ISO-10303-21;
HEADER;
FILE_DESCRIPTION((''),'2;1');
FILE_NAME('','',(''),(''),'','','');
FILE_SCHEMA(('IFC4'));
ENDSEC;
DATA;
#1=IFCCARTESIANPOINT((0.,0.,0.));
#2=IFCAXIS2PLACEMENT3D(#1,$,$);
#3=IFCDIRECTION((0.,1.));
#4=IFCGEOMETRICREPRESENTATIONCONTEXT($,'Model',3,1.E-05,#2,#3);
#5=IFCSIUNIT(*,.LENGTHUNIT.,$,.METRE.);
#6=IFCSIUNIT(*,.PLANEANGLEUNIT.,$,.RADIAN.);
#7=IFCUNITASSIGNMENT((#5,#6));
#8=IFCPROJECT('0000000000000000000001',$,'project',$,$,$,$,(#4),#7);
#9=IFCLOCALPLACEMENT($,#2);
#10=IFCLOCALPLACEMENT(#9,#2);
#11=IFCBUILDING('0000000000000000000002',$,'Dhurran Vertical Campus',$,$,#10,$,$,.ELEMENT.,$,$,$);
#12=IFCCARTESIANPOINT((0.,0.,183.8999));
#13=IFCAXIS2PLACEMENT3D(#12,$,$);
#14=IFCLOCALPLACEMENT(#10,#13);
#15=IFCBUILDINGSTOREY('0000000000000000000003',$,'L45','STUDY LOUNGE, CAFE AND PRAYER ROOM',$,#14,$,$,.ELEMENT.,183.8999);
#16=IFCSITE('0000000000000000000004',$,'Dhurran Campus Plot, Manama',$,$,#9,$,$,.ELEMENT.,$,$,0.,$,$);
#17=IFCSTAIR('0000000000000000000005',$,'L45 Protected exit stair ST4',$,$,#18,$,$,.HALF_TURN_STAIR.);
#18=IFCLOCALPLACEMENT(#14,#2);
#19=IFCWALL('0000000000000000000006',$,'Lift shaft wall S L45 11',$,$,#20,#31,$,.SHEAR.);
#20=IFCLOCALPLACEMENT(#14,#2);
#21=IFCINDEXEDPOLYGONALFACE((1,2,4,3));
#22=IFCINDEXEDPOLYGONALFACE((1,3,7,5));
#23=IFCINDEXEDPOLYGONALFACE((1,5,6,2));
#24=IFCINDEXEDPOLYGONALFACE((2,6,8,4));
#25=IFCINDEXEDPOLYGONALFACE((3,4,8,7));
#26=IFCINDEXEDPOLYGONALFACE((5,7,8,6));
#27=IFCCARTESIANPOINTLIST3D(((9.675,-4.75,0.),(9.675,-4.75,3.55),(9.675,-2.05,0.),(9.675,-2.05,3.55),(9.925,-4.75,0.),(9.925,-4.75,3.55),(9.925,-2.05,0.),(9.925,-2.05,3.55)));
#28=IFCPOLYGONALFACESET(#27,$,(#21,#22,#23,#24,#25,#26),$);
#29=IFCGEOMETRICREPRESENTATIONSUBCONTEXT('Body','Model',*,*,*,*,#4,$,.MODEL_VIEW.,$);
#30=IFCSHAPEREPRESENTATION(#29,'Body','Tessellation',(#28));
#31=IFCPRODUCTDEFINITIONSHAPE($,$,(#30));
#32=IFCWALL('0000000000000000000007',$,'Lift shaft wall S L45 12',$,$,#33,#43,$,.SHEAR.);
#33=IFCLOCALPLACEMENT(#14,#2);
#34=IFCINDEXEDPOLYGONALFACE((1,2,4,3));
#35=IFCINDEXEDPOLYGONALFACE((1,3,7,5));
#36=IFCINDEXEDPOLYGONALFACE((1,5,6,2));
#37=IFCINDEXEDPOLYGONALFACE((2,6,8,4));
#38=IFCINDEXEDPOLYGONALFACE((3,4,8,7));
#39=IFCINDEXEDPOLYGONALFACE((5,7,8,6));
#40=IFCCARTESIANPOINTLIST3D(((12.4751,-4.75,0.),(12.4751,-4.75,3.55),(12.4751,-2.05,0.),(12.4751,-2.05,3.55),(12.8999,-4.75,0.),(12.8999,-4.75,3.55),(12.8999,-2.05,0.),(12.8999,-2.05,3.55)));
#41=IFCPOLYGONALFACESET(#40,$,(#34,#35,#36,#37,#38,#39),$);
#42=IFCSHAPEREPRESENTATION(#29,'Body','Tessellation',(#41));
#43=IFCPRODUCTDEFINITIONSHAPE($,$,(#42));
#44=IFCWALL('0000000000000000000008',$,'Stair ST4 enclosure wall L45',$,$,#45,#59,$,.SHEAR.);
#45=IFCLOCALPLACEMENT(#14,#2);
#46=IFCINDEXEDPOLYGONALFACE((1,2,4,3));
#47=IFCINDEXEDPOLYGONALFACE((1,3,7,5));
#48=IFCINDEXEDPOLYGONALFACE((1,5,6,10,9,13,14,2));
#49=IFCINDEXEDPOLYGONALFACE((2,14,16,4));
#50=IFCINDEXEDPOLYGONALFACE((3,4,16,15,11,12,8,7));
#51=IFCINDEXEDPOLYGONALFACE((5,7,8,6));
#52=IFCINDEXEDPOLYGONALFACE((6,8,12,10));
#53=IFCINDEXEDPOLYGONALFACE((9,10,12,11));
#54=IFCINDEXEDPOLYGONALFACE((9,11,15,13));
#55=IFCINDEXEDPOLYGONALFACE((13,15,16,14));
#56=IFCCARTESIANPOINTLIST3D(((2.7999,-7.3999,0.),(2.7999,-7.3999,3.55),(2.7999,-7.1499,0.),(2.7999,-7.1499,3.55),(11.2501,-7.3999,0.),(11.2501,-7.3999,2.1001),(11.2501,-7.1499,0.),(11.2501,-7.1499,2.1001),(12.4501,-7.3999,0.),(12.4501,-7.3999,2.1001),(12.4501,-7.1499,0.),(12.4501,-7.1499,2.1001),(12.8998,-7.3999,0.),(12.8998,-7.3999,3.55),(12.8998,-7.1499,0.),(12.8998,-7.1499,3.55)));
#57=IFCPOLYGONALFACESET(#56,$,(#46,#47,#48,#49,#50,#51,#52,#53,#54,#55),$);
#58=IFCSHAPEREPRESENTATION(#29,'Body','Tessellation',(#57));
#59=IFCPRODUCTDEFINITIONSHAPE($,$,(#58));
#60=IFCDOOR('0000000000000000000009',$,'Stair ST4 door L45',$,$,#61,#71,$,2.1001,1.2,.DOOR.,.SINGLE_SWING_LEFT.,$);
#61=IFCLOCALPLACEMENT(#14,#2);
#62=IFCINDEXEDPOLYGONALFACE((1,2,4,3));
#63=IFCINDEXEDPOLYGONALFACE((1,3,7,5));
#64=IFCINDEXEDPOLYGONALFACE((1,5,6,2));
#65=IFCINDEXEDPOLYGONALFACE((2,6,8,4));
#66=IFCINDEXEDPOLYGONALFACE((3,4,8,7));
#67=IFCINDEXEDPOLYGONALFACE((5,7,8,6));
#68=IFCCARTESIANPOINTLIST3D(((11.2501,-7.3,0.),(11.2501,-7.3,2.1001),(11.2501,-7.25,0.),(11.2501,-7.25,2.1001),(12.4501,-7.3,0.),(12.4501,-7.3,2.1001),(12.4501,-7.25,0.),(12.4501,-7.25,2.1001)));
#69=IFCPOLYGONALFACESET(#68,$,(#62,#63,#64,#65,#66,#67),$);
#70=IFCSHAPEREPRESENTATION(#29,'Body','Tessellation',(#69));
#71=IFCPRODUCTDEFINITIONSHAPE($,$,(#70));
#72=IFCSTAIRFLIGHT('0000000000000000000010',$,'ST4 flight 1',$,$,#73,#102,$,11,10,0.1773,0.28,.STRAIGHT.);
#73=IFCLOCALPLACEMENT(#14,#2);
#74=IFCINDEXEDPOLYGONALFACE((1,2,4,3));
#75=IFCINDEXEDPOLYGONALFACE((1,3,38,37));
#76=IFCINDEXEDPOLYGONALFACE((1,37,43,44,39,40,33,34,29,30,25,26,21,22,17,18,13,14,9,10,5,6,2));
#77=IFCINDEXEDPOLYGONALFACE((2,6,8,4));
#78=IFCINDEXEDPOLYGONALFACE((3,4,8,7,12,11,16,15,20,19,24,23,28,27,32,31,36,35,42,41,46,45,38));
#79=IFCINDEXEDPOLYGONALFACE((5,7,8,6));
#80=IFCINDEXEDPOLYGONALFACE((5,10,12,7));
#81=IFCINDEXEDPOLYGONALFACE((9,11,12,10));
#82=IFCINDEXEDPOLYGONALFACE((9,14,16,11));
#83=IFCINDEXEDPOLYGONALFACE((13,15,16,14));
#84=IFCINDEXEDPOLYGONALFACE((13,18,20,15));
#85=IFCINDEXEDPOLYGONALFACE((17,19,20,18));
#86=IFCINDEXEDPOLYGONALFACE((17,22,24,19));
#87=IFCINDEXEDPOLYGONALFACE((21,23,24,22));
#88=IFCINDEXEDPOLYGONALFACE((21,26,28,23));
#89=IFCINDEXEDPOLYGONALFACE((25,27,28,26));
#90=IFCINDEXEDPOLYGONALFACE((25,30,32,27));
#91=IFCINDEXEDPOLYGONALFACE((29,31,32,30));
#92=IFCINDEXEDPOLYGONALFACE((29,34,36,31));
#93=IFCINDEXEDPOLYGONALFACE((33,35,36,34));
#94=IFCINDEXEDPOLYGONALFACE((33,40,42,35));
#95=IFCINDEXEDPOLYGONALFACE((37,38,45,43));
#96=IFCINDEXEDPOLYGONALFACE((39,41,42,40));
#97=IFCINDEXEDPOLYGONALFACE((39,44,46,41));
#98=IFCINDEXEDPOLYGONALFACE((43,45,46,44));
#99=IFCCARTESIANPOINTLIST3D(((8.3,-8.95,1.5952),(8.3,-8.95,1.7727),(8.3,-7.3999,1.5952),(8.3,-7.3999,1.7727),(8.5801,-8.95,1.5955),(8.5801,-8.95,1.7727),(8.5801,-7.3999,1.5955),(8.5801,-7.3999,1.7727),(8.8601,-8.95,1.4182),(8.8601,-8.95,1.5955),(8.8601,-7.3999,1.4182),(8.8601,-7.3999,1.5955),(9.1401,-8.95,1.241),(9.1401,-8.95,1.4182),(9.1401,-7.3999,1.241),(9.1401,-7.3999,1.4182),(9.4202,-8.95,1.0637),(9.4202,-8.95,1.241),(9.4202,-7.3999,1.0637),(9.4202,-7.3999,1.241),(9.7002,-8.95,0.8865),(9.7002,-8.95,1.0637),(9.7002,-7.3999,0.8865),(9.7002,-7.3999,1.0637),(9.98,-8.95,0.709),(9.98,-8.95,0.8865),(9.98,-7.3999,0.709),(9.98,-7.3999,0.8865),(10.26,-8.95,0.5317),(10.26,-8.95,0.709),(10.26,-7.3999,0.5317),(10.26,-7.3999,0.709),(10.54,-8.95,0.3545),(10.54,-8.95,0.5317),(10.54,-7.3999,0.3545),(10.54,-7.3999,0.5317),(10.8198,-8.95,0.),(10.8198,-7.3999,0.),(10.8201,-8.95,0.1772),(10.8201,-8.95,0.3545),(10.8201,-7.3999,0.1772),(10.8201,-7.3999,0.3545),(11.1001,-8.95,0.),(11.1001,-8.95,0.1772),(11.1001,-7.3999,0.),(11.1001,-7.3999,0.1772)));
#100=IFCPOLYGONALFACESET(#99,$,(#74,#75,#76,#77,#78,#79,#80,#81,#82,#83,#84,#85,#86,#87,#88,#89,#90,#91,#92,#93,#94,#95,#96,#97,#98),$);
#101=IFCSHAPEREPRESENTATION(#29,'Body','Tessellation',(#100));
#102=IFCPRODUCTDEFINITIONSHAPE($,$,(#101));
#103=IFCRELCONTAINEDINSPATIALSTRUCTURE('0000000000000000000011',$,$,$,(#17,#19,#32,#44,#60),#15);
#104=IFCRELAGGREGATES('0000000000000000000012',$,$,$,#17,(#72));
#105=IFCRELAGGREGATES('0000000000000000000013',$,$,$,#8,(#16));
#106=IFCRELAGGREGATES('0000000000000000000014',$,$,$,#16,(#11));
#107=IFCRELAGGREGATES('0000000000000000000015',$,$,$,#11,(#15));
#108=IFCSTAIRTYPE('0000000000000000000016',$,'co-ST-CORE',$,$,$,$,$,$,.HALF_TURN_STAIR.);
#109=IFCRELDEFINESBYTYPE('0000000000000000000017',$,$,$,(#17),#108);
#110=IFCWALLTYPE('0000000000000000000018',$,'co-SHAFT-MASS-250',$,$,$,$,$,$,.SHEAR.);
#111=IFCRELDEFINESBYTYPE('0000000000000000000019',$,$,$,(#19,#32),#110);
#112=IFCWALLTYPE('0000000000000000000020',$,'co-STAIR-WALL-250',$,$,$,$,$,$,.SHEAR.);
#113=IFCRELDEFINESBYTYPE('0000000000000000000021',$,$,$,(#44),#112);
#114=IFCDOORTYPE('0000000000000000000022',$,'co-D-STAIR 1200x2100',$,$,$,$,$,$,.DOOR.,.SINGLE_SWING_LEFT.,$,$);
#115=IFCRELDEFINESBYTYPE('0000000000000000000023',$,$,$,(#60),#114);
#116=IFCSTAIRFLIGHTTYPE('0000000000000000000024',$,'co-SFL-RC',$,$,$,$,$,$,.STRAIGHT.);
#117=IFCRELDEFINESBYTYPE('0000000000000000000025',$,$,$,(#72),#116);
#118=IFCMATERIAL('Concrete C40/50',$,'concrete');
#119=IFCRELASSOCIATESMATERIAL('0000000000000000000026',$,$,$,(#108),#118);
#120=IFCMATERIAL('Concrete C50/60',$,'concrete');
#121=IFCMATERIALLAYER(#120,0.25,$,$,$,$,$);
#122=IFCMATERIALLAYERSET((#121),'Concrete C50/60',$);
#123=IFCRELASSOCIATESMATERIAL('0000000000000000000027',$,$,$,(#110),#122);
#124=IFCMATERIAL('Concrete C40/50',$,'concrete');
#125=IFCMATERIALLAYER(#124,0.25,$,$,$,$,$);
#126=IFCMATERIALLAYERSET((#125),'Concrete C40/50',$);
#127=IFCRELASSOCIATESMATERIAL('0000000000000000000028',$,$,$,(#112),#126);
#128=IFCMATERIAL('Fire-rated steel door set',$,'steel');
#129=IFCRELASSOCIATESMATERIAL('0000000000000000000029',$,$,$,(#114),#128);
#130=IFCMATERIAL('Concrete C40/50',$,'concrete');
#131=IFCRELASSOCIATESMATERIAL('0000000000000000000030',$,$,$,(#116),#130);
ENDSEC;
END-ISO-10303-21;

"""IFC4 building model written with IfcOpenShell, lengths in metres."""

from ifc_helpers import new_model, si_unit, direction, frame, frame_2d, origin, place, context, subcontext, project, spatial, polyline, rectangle, outline, extrude, material, layer, layer_set, type_object, element, fill, aggregate, save


model = new_model("IFC4")

# Units and contexts
model_context = context("Model", 3, precision=1e-05, world=origin(), true_north=direction((0.0, 1.0)))
body_context = subcontext(model_context, "Body", "Model", "MODEL_VIEW")
ifc_project = project(units=[si_unit("LENGTHUNIT", "METRE"), si_unit("PLANEANGLEUNIT", "RADIAN")], contexts=[model_context])

# Site, building, storey
site_placement = place(None, origin())
site = spatial("IfcSite", under=ifc_project, at=site_placement, Name="Dhurran Campus Plot, Manama", CompositionType="ELEMENT", RefElevation=0.0)
building_placement = place(site_placement, origin())
building = spatial("IfcBuilding", under=site, at=building_placement, Name="Dhurran Vertical Campus", CompositionType="ELEMENT")
storey_placement = place(building_placement, frame((0.0, 0.0, 183.8999)))
storey = spatial("IfcBuildingStorey", under=building, at=storey_placement, Name="L45", Description="STUDY LOUNGE, CAFE AND PRAYER ROOM", CompositionType="ELEMENT", Elevation=183.8999)

# Stair
ifc_material_1 = material(Name="Concrete C40/50", Category="concrete")
stair_type = type_object("IfcStairType", Name="co-ST-CORE", PredefinedType="HALF_TURN_STAIR", material=ifc_material_1)
stair_1_placement = place(storey_placement, origin())
stair_1 = element("IfcStair", 1, at=stair_1_placement, inside=storey, type_object=stair_type, Name="L45 Protected exit stair ST4", PredefinedType="HALF_TURN_STAIR")

# Walls
ifc_material_2 = material(Name="Concrete C50/60", Category="concrete")
ifc_layer_1 = layer(ifc_material_2, 0.25)
ifc_layer_set_1 = layer_set([ifc_layer_1], Name="Concrete C50/60")
wall_type_1 = type_object("IfcWallType", Name="co-SHAFT-MASS-250", PredefinedType="SHEAR", material=ifc_layer_set_1)
wall_1_placement = place(storey_placement, origin())
element("IfcWall", 2, at=wall_1_placement, inside=storey, type_object=wall_type_1, Name="Lift shaft wall S L45 11", PredefinedType="SHEAR", context=body_context, shape_type="SweptSolid", body=[
    extrude(outline(polyline([(9.675, -4.75), (9.925, -4.75), (9.925, -2.05), (9.675, -2.05), (9.675, -4.75)])), origin(), (0.0, 0.0, 1.0), 3.55),
])
wall_2_placement = place(storey_placement, origin())
element("IfcWall", 3, at=wall_2_placement, inside=storey, type_object=wall_type_1, Name="Lift shaft wall S L45 12", PredefinedType="SHEAR", context=body_context, shape_type="SweptSolid", body=[
    extrude(outline(polyline([(12.4751, -4.75), (12.8999, -4.75), (12.8999, -2.05), (12.4751, -2.05), (12.4751, -4.75)])), origin(), (0.0, 0.0, 1.0), 3.55),
])

# Wall, opening, door
ifc_material_3 = material(Name="Concrete C40/50", Category="concrete")
ifc_layer_2 = layer(ifc_material_3, 0.25)
ifc_layer_set_2 = layer_set([ifc_layer_2], Name="Concrete C40/50")
wall_type_2 = type_object("IfcWallType", Name="co-STAIR-WALL-250", PredefinedType="SHEAR", material=ifc_layer_set_2)
wall_3_placement = place(storey_placement, frame((2.8, -7.2749, 0.0), z_axis=(0.0, 0.0, 1.0), x_axis=(1.0, 0.0, 0.0)))
wall_3 = element("IfcWall", 4, at=wall_3_placement, inside=storey, type_object=wall_type_2, Name="Stair ST4 enclosure wall L45", PredefinedType="SHEAR", context=body_context, shape_type="SweptSolid", body=[
    extrude(rectangle(XDim=10.0999, YDim=0.25, at=frame_2d((5.0498, 0.0))), origin(), (0.0, 0.0, 1.0), 3.55),
])
opening_1_placement = place(wall_3_placement, frame((8.45, 0.0, 0.0)))
opening_1 = element("IfcOpeningElement", 5, at=opening_1_placement, cuts=wall_3, PredefinedType="OPENING", context=body_context, shape_type="SweptSolid", body=[
    extrude(rectangle(XDim=1.2, YDim=2.1001, at=frame_2d((0.6001, 1.05))), frame((0.0, 0.135, 0.0), z_axis=(0.0, -1.0, 0.0), x_axis=(1.0, 0.0, 0.0)), (0.0, 0.0, 1.0), 0.27),
])
ifc_material_4 = material(Name="Fire-rated steel door set", Category="steel")
door_type_1 = type_object("IfcDoorType", Name="co-D-STAIR 1200x2100", OperationType="SINGLE_SWING_LEFT", PredefinedType="DOOR", material=ifc_material_4)
door_1_placement = place(opening_1_placement, origin())
door_1 = element("IfcDoor", 6, at=door_1_placement, inside=storey, type_object=door_type_1, Name="Stair ST4 door L45", OperationType="SINGLE_SWING_LEFT", OverallHeight=2.1001, OverallWidth=1.2, PredefinedType="DOOR", context=body_context, shape_type="SweptSolid", body=[
    extrude(rectangle(XDim=1.2, YDim=2.1001, at=frame_2d((0.6001, 1.05))), frame((0.0, 0.0249, 0.0), z_axis=(0.0, -1.0, 0.0), x_axis=(1.0, 0.0, 0.0)), (0.0, 0.0, 1.0), 0.05),
])
fill(opening_1, door_1)

# Stair flight
ifc_material_5 = material(Name="Concrete C40/50", Category="concrete")
stair_flight_type = type_object("IfcStairFlightType", Name="co-SFL-RC", PredefinedType="STRAIGHT", material=ifc_material_5)
stair_flight_placement = place(storey_placement, frame((11.1001, -8.175, 0.0), z_axis=(0.0, 0.0, 1.0), x_axis=(-1.0, 0.0, 0.0)))
stair_flight = element("IfcStairFlight", 7, at=stair_flight_placement, type_object=stair_flight_type, Name="ST4 flight 1", NumberOfRisers=11, NumberOfTreads=10, PredefinedType="STRAIGHT", RiserHeight=0.1773, TreadLength=0.28, context=body_context, shape_type="SweptSolid", body=[
    extrude(outline(polyline([(0.0, 0.0), (0.0, 0.1772), (0.28, 0.1772), (0.28, 0.3545), (0.5601, 0.3545), (0.5601, 0.5317), (0.8401, 0.5317), (0.8401, 0.709), (1.1201, 0.709), (1.1201, 0.8865), (1.3999, 0.8865), (1.3999, 1.0637), (1.6799, 1.0637), (1.6799, 1.241), (1.96, 1.241), (1.96, 1.4182), (2.24, 1.4182), (2.24, 1.5955), (2.52, 1.5955), (2.52, 1.7727), (2.8, 1.7727), (2.8, 1.95), (2.8, 1.5952), (0.2803, 0.0), (0.0, 0.0)])), frame((0.0, 0.7749, 0.0), z_axis=(0.0, -1.0, 0.0), x_axis=(1.0, 0.0, 0.0)), (0.0, 0.0, 1.0), 1.55),
])
aggregate(stair_1, [stair_flight])

save(model, "model.ifc")
